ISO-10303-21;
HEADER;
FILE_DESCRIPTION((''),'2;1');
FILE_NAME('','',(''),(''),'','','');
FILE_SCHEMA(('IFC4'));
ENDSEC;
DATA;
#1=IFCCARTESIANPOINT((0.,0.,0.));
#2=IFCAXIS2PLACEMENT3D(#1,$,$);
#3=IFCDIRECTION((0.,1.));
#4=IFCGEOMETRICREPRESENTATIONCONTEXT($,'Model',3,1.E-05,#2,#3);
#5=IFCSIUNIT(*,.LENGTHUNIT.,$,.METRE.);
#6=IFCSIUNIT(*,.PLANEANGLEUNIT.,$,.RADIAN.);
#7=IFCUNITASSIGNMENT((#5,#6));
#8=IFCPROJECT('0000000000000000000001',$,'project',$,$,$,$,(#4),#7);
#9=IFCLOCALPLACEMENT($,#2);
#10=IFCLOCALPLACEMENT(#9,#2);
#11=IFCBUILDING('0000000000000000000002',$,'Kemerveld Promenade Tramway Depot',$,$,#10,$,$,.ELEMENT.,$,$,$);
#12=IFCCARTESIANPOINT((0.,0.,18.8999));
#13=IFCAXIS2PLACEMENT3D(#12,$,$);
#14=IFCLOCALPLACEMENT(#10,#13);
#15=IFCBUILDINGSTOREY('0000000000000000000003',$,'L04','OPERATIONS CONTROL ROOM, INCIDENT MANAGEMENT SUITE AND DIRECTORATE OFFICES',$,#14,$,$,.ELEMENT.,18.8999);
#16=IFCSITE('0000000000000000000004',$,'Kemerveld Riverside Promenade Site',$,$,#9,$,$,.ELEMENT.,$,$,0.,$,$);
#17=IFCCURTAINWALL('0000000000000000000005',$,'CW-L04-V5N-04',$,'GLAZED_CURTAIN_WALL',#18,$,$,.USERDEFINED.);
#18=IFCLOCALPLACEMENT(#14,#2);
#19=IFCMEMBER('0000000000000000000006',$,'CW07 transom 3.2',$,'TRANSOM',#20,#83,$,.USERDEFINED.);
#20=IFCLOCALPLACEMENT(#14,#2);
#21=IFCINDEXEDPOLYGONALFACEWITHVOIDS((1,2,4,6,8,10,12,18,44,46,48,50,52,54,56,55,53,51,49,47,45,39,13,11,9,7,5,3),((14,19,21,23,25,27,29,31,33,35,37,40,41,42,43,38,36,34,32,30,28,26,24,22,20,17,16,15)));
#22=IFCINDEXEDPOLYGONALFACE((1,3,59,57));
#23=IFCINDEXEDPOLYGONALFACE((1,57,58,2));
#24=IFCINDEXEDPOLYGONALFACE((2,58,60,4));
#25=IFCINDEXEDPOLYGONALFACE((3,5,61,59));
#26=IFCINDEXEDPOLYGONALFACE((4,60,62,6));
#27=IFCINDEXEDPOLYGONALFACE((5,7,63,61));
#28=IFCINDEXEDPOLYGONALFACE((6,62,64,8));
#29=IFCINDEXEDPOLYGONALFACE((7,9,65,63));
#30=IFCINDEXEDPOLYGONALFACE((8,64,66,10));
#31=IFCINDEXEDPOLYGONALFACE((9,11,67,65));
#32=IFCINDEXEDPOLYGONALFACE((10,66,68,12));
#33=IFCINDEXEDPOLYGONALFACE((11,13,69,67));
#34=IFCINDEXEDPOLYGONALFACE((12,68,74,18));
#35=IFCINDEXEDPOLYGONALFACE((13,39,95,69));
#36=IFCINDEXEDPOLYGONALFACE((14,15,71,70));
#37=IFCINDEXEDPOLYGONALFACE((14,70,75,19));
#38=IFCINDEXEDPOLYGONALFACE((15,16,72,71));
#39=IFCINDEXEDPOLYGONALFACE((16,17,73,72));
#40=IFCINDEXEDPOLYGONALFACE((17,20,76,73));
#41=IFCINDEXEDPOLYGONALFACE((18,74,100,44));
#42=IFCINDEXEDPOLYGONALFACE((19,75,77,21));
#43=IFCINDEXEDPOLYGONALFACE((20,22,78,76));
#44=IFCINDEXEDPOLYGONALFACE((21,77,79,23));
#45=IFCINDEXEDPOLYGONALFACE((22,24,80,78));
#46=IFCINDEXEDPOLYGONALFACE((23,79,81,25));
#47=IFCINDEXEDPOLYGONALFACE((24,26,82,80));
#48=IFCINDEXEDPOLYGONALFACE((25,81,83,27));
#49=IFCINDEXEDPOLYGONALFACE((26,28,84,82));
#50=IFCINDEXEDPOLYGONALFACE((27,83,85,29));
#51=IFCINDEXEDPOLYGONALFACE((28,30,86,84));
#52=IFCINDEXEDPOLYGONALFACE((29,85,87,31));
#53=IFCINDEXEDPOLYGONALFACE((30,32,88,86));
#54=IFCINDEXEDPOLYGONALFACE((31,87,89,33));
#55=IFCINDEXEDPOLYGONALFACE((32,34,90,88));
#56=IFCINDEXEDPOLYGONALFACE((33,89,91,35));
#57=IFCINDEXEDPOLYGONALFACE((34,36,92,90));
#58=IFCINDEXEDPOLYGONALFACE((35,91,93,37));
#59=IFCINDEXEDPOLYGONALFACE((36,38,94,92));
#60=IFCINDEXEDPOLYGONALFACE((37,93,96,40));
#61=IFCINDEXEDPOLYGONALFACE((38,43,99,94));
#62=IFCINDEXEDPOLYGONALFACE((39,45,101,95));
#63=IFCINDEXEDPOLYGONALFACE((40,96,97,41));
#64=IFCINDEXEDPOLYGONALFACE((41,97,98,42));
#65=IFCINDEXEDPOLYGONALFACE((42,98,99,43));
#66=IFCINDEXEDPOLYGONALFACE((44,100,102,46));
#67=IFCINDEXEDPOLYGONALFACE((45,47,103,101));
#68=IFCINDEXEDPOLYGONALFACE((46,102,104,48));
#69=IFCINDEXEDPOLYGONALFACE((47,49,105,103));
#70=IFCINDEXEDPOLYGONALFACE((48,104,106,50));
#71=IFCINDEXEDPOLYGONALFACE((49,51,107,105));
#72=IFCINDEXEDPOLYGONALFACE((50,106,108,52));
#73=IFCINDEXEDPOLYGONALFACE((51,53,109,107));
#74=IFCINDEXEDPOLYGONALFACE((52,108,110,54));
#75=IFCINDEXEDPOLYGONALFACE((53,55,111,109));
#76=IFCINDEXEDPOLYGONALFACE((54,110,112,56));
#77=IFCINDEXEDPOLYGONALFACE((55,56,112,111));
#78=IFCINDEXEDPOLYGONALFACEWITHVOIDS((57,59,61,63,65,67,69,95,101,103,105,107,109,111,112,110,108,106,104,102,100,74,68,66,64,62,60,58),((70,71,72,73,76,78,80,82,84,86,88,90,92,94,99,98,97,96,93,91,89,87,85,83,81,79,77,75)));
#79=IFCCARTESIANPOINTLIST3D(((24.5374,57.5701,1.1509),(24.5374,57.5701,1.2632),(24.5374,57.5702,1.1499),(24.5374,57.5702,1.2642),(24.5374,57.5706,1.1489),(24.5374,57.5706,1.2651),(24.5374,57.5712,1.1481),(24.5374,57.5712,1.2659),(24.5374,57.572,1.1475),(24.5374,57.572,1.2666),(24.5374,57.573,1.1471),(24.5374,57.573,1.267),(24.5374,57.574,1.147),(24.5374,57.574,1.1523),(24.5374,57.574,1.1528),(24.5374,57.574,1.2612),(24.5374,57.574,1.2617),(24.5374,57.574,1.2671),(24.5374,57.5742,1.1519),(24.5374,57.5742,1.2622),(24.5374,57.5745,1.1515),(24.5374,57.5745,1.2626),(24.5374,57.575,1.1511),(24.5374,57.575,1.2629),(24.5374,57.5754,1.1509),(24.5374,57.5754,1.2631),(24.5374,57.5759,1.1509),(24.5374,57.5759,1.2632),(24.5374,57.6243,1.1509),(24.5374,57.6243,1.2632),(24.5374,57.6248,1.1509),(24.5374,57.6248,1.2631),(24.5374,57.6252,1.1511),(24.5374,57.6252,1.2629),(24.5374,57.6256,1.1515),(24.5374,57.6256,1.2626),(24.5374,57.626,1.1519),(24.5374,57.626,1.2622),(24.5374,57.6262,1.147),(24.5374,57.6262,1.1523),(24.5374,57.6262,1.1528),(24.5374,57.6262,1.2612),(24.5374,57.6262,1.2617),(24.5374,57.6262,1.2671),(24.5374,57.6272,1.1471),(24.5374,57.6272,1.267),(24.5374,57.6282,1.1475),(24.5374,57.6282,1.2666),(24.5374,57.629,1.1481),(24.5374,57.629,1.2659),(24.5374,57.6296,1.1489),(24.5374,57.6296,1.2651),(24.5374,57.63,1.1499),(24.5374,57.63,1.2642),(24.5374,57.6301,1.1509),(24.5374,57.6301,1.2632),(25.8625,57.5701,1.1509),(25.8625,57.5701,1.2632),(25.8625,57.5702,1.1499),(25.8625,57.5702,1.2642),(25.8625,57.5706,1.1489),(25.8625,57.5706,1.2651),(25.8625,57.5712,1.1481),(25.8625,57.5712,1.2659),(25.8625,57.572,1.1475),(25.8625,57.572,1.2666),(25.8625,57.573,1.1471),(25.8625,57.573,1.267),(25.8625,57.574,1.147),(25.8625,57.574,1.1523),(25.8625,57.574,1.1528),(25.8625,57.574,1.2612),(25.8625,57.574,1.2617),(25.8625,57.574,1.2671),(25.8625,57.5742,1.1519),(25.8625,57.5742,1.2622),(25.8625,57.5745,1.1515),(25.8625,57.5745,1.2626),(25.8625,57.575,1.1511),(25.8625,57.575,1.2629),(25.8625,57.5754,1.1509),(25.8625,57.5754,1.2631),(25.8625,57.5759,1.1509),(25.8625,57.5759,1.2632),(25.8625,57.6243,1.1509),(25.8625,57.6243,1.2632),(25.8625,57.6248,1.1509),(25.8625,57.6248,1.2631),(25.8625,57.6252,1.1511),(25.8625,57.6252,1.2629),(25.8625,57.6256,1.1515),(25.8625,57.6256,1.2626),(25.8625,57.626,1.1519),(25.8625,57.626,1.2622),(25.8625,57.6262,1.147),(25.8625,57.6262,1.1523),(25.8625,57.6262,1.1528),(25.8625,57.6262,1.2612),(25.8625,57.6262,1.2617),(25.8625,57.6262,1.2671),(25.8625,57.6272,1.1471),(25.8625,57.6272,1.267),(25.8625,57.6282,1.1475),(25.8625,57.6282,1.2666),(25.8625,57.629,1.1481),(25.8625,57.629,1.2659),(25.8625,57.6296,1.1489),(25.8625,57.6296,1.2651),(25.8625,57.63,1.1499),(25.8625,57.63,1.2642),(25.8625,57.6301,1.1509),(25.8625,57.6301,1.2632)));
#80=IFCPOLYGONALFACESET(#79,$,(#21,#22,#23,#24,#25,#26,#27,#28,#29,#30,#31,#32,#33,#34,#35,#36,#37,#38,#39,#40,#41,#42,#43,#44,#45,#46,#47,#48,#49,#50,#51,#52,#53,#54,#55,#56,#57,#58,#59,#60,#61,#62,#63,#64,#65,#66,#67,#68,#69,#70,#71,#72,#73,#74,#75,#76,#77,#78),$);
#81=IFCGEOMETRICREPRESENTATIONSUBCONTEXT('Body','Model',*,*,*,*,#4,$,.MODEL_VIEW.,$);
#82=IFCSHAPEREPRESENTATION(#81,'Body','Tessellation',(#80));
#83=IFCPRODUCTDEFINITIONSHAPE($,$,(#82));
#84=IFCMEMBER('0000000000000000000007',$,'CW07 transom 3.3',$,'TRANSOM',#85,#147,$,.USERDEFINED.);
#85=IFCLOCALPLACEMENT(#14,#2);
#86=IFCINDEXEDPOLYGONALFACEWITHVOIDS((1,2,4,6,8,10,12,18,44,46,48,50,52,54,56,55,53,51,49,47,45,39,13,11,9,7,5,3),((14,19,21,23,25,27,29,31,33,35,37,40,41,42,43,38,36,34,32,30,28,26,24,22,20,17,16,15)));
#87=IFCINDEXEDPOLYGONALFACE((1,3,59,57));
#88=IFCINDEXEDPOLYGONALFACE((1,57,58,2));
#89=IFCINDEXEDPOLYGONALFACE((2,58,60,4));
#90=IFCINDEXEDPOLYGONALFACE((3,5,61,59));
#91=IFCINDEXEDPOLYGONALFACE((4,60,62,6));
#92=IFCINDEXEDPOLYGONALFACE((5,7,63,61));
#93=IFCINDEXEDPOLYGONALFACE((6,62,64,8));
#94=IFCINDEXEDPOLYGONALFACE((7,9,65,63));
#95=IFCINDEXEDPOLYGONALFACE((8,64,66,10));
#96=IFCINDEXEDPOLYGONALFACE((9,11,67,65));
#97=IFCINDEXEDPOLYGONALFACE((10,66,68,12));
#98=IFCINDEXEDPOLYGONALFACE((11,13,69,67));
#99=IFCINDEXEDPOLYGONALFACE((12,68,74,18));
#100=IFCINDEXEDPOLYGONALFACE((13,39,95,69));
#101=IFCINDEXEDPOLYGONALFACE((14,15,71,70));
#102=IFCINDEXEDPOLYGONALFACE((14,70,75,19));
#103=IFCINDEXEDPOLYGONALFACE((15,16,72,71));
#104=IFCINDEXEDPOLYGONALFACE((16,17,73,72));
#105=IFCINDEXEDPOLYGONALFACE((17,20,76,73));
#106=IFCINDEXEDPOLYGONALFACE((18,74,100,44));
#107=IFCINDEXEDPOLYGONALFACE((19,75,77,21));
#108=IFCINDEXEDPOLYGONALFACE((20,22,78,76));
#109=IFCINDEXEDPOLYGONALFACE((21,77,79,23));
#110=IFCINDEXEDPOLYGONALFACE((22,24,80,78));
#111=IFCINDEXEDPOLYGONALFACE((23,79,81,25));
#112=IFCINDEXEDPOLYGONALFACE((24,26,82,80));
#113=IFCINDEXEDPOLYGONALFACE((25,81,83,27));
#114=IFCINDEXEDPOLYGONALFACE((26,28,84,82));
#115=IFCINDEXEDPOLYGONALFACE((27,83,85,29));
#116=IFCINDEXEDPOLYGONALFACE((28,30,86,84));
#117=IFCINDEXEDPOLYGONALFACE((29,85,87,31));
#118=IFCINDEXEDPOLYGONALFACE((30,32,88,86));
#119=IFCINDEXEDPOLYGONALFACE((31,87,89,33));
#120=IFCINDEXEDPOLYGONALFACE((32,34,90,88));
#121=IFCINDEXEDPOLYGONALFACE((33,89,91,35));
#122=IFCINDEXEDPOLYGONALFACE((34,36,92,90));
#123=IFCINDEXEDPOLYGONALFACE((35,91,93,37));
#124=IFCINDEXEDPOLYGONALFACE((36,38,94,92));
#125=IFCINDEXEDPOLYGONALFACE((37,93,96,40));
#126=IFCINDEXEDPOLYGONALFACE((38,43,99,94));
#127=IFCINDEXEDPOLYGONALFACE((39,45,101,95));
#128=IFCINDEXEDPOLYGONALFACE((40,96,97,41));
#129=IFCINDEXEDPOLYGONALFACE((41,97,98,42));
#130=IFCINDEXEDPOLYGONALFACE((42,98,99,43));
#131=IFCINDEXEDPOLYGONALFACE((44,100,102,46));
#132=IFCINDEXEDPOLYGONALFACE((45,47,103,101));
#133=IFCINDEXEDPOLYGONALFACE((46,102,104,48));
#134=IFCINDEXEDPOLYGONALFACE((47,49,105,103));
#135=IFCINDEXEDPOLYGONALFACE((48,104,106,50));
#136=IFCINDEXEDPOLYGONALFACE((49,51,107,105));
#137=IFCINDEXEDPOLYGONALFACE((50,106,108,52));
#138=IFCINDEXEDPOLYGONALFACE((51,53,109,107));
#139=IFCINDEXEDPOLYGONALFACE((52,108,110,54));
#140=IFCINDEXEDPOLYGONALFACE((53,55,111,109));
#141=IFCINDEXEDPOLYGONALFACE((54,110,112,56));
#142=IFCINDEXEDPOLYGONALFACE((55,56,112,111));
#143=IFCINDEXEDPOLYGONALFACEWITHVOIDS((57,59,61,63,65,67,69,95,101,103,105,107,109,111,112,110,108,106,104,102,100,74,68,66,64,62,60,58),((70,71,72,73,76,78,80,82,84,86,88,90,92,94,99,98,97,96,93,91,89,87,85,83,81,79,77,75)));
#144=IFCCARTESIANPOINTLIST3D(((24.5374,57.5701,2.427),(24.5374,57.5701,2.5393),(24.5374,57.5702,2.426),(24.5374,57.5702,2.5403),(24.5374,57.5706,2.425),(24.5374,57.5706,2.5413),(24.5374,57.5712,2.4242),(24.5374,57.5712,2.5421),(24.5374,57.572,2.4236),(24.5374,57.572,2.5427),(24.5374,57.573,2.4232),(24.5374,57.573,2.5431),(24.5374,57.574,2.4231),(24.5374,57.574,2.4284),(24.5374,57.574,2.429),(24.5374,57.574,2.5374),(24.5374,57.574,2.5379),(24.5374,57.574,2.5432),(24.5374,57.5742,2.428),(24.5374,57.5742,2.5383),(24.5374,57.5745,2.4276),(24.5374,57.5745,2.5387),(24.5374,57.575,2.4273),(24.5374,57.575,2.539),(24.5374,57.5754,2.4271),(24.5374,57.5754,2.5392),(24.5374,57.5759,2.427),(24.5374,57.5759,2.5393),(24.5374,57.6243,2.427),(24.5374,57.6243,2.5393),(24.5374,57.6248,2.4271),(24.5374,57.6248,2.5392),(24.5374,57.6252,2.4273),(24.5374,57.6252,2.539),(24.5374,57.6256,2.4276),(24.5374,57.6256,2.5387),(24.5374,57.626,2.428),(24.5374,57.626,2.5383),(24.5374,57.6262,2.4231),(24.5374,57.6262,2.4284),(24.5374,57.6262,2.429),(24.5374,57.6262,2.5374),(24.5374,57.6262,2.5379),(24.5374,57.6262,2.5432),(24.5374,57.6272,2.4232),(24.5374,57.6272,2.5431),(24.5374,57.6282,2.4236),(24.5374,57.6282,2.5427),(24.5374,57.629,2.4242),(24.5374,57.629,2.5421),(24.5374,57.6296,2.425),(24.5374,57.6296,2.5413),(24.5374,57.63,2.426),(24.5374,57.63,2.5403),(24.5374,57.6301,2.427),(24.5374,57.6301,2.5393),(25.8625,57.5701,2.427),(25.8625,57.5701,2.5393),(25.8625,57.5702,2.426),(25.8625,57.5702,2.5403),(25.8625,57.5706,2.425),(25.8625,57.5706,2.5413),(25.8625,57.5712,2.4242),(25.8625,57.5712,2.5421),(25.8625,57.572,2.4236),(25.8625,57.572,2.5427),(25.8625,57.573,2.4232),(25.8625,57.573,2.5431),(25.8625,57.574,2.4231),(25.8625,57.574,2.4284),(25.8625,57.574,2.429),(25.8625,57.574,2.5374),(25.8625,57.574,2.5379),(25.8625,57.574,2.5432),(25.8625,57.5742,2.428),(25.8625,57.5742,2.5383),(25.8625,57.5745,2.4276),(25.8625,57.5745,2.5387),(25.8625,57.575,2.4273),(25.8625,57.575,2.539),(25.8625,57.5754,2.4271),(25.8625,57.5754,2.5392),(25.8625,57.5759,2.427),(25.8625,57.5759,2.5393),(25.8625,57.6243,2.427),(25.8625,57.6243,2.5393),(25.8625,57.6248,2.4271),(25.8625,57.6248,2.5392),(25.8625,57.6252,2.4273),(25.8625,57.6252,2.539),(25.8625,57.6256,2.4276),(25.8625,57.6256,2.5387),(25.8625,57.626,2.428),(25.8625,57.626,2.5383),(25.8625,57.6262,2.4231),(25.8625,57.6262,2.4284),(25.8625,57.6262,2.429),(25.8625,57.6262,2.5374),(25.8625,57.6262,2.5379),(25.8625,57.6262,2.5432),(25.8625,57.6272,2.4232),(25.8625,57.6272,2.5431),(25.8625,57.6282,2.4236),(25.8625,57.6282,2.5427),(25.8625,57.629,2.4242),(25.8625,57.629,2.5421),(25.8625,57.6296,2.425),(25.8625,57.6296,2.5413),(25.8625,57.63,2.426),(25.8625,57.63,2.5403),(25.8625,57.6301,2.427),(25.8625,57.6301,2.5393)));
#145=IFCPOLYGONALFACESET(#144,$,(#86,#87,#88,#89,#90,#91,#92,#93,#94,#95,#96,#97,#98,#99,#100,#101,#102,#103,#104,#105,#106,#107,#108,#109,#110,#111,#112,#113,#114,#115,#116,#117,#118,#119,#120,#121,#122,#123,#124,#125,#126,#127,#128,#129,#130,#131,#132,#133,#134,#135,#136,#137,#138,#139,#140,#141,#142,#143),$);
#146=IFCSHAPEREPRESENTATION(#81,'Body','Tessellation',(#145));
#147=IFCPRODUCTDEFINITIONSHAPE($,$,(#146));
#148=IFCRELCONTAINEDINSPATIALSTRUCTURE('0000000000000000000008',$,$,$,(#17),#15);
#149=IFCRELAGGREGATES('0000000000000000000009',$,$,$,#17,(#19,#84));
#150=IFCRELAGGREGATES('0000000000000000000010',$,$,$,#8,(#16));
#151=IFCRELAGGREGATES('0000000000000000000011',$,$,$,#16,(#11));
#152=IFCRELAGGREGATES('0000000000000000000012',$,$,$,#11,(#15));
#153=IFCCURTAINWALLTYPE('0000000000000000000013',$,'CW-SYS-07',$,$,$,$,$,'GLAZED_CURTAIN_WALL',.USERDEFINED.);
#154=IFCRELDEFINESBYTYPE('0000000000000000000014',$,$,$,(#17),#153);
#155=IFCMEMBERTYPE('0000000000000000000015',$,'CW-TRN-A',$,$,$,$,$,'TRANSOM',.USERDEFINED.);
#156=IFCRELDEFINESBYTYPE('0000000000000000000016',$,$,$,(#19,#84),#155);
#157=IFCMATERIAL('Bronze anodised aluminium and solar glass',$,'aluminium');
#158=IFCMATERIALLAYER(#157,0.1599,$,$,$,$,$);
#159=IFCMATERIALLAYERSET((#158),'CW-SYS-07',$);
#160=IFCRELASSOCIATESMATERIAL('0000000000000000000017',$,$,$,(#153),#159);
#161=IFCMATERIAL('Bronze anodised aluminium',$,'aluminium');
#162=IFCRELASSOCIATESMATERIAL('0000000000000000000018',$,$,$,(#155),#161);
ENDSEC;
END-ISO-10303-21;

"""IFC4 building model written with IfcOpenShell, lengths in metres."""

from ifc_helpers import new_model, si_unit, direction, frame, origin, origin_2d, place, context, subcontext, project, spatial, hollow_rectangle, extrude, material, layer, layer_set, material_profile, profile_set, type_object, element, aggregate, save


model = new_model("IFC4")

# Units and contexts
model_context = context("Model", 3, precision=1e-05, world=origin(), true_north=direction((0.0, 1.0)))
body_context = subcontext(model_context, "Body", "Model", "MODEL_VIEW")
ifc_project = project(units=[si_unit("LENGTHUNIT", "METRE"), si_unit("PLANEANGLEUNIT", "RADIAN")], contexts=[model_context])

# Site, building, storey
site_placement = place(None, origin())
site = spatial("IfcSite", under=ifc_project, at=site_placement, Name="Kemerveld Riverside Promenade Site", CompositionType="ELEMENT", RefElevation=0.0)
building_placement = place(site_placement, origin())
building = spatial("IfcBuilding", under=site, at=building_placement, Name="Kemerveld Promenade Tramway Depot", CompositionType="ELEMENT")
storey_placement = place(building_placement, frame((0.0, 0.0, 18.8999)))
storey = spatial("IfcBuildingStorey", under=building, at=storey_placement, Name="L04", Description="OPERATIONS CONTROL ROOM, INCIDENT MANAGEMENT SUITE AND DIRECTORATE OFFICES", CompositionType="ELEMENT", Elevation=18.8999)

# Curtain wall, members
ifc_material_1 = material(Name="Bronze anodised aluminium and solar glass", Category="aluminium")
ifc_layer_1 = layer(ifc_material_1, 0.1599)
ifc_layer_set_1 = layer_set([ifc_layer_1], Name="CW-SYS-07")
curtain_wall_type = type_object("IfcCurtainWallType", Name="CW-SYS-07", ElementType="GLAZED_CURTAIN_WALL", PredefinedType="USERDEFINED", material=ifc_layer_set_1)
curtain_wall_placement = place(storey_placement, origin())
curtain_wall = element("IfcCurtainWall", 1, at=curtain_wall_placement, inside=storey, type_object=curtain_wall_type, Name="CW-L04-V5N-04", ObjectType="GLAZED_CURTAIN_WALL", PredefinedType="USERDEFINED")
ifc_material_2 = material(Name="Bronze anodised aluminium", Category="aluminium")
ifc_material_profile_1 = material_profile(ifc_material_2, hollow_rectangle(XDim=0.0601, YDim=0.1201, WallThickness=0.0039, InnerFilletRadius=0.002, OuterFilletRadius=0.0039, at=origin_2d()), Name="CW-TRN-120x60")
ifc_profile_set_1 = profile_set([ifc_material_profile_1], Name="Bronze anodised aluminium")
member_type_1 = type_object("IfcMemberType", Name="CW-TRN-A", ElementType="TRANSOM", PredefinedType="USERDEFINED", material=ifc_profile_set_1)
member_1_placement = place(storey_placement, frame((24.5374, 57.6001, 1.207), z_axis=(1.0, 0.0, 0.0), x_axis=(0.0, 1.0, 0.0)))
member_1 = element("IfcMember", 2, at=member_1_placement, type_object=member_type_1, Name="CW07 transom 3.2", ObjectType="TRANSOM", PredefinedType="USERDEFINED", context=body_context, shape_type="SweptSolid", body=[
    extrude(hollow_rectangle(XDim=0.0601, YDim=0.1201, WallThickness=0.0039, InnerFilletRadius=0.002, OuterFilletRadius=0.0039, at=origin_2d()), origin(), (0.0, 0.0, 1.0), 1.3252),
])
member_2_placement = place(storey_placement, frame((24.5374, 57.6001, 2.4832), z_axis=(1.0, 0.0, 0.0), x_axis=(0.0, 1.0, 0.0)))
member_2 = element("IfcMember", 3, at=member_2_placement, type_object=member_type_1, Name="CW07 transom 3.3", ObjectType="TRANSOM", PredefinedType="USERDEFINED", context=body_context, shape_type="SweptSolid", body=[
    extrude(hollow_rectangle(XDim=0.0601, YDim=0.1201, WallThickness=0.0039, InnerFilletRadius=0.002, OuterFilletRadius=0.0039, at=origin_2d()), origin(), (0.0, 0.0, 1.0), 1.3252),
])
aggregate(curtain_wall, [member_1, member_2])

save(model, "model.ifc")
